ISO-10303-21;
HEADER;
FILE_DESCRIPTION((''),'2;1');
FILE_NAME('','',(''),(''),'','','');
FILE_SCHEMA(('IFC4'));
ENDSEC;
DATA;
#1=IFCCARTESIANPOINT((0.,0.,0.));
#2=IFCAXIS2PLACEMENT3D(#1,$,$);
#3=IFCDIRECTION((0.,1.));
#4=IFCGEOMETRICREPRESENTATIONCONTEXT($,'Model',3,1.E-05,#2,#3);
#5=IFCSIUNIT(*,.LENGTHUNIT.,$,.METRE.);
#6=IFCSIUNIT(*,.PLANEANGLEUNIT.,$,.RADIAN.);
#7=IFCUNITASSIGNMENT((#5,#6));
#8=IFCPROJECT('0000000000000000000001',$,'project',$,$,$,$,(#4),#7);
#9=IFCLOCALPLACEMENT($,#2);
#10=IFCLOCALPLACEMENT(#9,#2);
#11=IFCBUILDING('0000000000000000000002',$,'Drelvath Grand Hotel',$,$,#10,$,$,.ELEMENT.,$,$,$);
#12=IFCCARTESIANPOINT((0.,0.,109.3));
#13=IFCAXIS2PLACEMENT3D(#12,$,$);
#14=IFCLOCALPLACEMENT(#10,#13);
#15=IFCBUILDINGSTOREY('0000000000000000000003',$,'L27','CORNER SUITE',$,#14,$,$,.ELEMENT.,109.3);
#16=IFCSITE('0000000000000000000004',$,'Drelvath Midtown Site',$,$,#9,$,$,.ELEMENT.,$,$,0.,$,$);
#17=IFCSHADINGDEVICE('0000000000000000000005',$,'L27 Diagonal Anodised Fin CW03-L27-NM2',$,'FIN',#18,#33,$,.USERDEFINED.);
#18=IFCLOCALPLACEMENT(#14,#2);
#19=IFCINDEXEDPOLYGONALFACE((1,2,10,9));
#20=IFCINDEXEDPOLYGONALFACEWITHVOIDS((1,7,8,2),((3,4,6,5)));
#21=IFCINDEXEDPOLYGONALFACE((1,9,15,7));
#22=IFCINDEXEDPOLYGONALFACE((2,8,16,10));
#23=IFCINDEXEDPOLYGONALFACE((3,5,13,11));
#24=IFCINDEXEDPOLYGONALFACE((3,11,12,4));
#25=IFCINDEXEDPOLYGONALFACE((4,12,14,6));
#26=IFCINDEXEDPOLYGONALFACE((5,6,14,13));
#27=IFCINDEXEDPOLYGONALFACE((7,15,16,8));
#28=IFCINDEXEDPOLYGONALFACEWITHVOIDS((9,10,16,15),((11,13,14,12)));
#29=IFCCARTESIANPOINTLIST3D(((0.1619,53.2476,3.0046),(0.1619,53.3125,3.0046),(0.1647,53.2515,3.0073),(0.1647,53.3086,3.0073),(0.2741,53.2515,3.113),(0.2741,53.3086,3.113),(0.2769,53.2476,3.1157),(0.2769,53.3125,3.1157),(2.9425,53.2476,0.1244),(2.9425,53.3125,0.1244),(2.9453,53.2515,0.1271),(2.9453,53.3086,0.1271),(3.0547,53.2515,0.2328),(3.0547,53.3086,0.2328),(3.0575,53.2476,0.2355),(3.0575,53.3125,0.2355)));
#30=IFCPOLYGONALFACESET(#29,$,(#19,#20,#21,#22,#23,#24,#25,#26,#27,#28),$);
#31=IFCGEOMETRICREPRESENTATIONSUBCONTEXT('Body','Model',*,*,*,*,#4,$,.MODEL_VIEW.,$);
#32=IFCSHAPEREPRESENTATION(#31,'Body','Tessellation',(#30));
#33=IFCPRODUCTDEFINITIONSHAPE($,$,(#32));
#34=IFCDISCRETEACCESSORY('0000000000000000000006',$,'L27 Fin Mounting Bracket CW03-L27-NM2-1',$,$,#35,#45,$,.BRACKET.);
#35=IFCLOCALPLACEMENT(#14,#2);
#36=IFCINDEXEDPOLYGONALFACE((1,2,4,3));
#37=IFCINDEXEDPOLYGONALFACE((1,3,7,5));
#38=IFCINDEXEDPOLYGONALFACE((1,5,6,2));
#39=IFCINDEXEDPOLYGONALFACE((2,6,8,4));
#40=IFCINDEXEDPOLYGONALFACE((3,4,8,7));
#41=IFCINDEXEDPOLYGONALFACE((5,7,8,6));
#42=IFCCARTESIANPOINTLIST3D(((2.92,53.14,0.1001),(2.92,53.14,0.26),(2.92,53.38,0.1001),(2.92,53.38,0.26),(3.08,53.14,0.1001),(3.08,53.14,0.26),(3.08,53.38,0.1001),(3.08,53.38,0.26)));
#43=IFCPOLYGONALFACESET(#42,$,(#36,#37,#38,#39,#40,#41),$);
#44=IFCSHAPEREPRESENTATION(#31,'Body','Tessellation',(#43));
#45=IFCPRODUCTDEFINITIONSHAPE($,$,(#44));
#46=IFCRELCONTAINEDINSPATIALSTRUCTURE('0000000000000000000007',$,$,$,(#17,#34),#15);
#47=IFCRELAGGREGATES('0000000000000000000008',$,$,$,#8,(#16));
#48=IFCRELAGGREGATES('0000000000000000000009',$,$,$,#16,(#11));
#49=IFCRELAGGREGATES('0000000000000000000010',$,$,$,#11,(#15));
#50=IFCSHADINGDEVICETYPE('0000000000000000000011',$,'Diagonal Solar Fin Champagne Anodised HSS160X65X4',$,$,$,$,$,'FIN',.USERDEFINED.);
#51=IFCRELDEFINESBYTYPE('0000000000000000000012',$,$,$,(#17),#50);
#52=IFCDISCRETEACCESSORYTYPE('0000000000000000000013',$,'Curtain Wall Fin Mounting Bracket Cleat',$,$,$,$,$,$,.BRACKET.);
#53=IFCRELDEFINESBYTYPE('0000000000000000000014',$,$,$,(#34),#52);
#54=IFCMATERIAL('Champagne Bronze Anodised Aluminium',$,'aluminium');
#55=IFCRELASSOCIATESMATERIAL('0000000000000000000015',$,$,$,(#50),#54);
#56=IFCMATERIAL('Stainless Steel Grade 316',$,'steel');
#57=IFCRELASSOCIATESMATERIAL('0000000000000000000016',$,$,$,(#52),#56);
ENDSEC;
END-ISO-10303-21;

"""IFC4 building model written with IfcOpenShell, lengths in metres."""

from ifc_helpers import new_model, si_unit, direction, frame, origin, origin_2d, place, context, subcontext, project, spatial, rectangle, hollow_rectangle, extrude, material, material_profile, profile_set, type_object, element, save


model = new_model("IFC4")

# Units and contexts
model_context = context("Model", 3, precision=1e-05, world=origin(), true_north=direction((0.0, 1.0)))
body_context = subcontext(model_context, "Body", "Model", "MODEL_VIEW")
ifc_project = project(units=[si_unit("LENGTHUNIT", "METRE"), si_unit("PLANEANGLEUNIT", "RADIAN")], contexts=[model_context])

# Site, building, storey
site_placement = place(None, origin())
site = spatial("IfcSite", under=ifc_project, at=site_placement, Name="Drelvath Midtown Site", CompositionType="ELEMENT", RefElevation=0.0)
building_placement = place(site_placement, origin())
building = spatial("IfcBuilding", under=site, at=building_placement, Name="Drelvath Grand Hotel", CompositionType="ELEMENT")
storey_placement = place(building_placement, frame((0.0, 0.0, 109.3)))
storey = spatial("IfcBuildingStorey", under=building, at=storey_placement, Name="L27", Description="CORNER SUITE", CompositionType="ELEMENT", Elevation=109.3)

# Shading device
ifc_material_1 = material(Name="Champagne Bronze Anodised Aluminium", Category="aluminium")
ifc_material_profile_1 = material_profile(ifc_material_1, hollow_rectangle(XDim=0.0649, YDim=0.1599, WallThickness=0.0039, at=origin_2d()), Name="HSS160X65X4")
ifc_profile_set_1 = profile_set([ifc_material_profile_1], Name="Champagne Bronze Anodised Aluminium")
shading_device_type = type_object("IfcShadingDeviceType", Name="Diagonal Solar Fin Champagne Anodised HSS160X65X4", ElementType="FIN", PredefinedType="USERDEFINED", material=ifc_profile_set_1)
shading_device_placement = place(storey_placement, frame((3.0, 53.28, 0.1799), z_axis=(-0.694556, 0.0, 0.719438), x_axis=(0.0, -1.0, 0.0)))
element("IfcShadingDevice", 1, at=shading_device_placement, inside=storey, type_object=shading_device_type, Name="L27 Diagonal Anodised Fin CW03-L27-NM2", ObjectType="FIN", PredefinedType="USERDEFINED", context=body_context, shape_type="SweptSolid", body=[
    extrude(hollow_rectangle(XDim=0.0649, YDim=0.1599, WallThickness=0.0039, at=origin_2d()), origin(), (0.0, 0.0, 1.0), 4.0034),
])

# Discrete accessory
ifc_material_2 = material(Name="Stainless Steel Grade 316", Category="steel")
discrete_accessory_type = type_object("IfcDiscreteAccessoryType", Name="Curtain Wall Fin Mounting Bracket Cleat", PredefinedType="BRACKET", material=ifc_material_2)
discrete_accessory_placement = place(storey_placement, frame((3.0, 53.26, 0.1001), z_axis=(0.0, 0.0, 1.0), x_axis=(1.0, 0.0, 0.0)))
element("IfcDiscreteAccessory", 2, at=discrete_accessory_placement, inside=storey, type_object=discrete_accessory_type, Name="L27 Fin Mounting Bracket CW03-L27-NM2-1", PredefinedType="BRACKET", context=body_context, shape_type="SweptSolid", body=[
    extrude(rectangle(XDim=0.1599, YDim=0.24, at=origin_2d()), origin(), (0.0, 0.0, 1.0), 0.1599),
])

save(model, "model.ifc")
